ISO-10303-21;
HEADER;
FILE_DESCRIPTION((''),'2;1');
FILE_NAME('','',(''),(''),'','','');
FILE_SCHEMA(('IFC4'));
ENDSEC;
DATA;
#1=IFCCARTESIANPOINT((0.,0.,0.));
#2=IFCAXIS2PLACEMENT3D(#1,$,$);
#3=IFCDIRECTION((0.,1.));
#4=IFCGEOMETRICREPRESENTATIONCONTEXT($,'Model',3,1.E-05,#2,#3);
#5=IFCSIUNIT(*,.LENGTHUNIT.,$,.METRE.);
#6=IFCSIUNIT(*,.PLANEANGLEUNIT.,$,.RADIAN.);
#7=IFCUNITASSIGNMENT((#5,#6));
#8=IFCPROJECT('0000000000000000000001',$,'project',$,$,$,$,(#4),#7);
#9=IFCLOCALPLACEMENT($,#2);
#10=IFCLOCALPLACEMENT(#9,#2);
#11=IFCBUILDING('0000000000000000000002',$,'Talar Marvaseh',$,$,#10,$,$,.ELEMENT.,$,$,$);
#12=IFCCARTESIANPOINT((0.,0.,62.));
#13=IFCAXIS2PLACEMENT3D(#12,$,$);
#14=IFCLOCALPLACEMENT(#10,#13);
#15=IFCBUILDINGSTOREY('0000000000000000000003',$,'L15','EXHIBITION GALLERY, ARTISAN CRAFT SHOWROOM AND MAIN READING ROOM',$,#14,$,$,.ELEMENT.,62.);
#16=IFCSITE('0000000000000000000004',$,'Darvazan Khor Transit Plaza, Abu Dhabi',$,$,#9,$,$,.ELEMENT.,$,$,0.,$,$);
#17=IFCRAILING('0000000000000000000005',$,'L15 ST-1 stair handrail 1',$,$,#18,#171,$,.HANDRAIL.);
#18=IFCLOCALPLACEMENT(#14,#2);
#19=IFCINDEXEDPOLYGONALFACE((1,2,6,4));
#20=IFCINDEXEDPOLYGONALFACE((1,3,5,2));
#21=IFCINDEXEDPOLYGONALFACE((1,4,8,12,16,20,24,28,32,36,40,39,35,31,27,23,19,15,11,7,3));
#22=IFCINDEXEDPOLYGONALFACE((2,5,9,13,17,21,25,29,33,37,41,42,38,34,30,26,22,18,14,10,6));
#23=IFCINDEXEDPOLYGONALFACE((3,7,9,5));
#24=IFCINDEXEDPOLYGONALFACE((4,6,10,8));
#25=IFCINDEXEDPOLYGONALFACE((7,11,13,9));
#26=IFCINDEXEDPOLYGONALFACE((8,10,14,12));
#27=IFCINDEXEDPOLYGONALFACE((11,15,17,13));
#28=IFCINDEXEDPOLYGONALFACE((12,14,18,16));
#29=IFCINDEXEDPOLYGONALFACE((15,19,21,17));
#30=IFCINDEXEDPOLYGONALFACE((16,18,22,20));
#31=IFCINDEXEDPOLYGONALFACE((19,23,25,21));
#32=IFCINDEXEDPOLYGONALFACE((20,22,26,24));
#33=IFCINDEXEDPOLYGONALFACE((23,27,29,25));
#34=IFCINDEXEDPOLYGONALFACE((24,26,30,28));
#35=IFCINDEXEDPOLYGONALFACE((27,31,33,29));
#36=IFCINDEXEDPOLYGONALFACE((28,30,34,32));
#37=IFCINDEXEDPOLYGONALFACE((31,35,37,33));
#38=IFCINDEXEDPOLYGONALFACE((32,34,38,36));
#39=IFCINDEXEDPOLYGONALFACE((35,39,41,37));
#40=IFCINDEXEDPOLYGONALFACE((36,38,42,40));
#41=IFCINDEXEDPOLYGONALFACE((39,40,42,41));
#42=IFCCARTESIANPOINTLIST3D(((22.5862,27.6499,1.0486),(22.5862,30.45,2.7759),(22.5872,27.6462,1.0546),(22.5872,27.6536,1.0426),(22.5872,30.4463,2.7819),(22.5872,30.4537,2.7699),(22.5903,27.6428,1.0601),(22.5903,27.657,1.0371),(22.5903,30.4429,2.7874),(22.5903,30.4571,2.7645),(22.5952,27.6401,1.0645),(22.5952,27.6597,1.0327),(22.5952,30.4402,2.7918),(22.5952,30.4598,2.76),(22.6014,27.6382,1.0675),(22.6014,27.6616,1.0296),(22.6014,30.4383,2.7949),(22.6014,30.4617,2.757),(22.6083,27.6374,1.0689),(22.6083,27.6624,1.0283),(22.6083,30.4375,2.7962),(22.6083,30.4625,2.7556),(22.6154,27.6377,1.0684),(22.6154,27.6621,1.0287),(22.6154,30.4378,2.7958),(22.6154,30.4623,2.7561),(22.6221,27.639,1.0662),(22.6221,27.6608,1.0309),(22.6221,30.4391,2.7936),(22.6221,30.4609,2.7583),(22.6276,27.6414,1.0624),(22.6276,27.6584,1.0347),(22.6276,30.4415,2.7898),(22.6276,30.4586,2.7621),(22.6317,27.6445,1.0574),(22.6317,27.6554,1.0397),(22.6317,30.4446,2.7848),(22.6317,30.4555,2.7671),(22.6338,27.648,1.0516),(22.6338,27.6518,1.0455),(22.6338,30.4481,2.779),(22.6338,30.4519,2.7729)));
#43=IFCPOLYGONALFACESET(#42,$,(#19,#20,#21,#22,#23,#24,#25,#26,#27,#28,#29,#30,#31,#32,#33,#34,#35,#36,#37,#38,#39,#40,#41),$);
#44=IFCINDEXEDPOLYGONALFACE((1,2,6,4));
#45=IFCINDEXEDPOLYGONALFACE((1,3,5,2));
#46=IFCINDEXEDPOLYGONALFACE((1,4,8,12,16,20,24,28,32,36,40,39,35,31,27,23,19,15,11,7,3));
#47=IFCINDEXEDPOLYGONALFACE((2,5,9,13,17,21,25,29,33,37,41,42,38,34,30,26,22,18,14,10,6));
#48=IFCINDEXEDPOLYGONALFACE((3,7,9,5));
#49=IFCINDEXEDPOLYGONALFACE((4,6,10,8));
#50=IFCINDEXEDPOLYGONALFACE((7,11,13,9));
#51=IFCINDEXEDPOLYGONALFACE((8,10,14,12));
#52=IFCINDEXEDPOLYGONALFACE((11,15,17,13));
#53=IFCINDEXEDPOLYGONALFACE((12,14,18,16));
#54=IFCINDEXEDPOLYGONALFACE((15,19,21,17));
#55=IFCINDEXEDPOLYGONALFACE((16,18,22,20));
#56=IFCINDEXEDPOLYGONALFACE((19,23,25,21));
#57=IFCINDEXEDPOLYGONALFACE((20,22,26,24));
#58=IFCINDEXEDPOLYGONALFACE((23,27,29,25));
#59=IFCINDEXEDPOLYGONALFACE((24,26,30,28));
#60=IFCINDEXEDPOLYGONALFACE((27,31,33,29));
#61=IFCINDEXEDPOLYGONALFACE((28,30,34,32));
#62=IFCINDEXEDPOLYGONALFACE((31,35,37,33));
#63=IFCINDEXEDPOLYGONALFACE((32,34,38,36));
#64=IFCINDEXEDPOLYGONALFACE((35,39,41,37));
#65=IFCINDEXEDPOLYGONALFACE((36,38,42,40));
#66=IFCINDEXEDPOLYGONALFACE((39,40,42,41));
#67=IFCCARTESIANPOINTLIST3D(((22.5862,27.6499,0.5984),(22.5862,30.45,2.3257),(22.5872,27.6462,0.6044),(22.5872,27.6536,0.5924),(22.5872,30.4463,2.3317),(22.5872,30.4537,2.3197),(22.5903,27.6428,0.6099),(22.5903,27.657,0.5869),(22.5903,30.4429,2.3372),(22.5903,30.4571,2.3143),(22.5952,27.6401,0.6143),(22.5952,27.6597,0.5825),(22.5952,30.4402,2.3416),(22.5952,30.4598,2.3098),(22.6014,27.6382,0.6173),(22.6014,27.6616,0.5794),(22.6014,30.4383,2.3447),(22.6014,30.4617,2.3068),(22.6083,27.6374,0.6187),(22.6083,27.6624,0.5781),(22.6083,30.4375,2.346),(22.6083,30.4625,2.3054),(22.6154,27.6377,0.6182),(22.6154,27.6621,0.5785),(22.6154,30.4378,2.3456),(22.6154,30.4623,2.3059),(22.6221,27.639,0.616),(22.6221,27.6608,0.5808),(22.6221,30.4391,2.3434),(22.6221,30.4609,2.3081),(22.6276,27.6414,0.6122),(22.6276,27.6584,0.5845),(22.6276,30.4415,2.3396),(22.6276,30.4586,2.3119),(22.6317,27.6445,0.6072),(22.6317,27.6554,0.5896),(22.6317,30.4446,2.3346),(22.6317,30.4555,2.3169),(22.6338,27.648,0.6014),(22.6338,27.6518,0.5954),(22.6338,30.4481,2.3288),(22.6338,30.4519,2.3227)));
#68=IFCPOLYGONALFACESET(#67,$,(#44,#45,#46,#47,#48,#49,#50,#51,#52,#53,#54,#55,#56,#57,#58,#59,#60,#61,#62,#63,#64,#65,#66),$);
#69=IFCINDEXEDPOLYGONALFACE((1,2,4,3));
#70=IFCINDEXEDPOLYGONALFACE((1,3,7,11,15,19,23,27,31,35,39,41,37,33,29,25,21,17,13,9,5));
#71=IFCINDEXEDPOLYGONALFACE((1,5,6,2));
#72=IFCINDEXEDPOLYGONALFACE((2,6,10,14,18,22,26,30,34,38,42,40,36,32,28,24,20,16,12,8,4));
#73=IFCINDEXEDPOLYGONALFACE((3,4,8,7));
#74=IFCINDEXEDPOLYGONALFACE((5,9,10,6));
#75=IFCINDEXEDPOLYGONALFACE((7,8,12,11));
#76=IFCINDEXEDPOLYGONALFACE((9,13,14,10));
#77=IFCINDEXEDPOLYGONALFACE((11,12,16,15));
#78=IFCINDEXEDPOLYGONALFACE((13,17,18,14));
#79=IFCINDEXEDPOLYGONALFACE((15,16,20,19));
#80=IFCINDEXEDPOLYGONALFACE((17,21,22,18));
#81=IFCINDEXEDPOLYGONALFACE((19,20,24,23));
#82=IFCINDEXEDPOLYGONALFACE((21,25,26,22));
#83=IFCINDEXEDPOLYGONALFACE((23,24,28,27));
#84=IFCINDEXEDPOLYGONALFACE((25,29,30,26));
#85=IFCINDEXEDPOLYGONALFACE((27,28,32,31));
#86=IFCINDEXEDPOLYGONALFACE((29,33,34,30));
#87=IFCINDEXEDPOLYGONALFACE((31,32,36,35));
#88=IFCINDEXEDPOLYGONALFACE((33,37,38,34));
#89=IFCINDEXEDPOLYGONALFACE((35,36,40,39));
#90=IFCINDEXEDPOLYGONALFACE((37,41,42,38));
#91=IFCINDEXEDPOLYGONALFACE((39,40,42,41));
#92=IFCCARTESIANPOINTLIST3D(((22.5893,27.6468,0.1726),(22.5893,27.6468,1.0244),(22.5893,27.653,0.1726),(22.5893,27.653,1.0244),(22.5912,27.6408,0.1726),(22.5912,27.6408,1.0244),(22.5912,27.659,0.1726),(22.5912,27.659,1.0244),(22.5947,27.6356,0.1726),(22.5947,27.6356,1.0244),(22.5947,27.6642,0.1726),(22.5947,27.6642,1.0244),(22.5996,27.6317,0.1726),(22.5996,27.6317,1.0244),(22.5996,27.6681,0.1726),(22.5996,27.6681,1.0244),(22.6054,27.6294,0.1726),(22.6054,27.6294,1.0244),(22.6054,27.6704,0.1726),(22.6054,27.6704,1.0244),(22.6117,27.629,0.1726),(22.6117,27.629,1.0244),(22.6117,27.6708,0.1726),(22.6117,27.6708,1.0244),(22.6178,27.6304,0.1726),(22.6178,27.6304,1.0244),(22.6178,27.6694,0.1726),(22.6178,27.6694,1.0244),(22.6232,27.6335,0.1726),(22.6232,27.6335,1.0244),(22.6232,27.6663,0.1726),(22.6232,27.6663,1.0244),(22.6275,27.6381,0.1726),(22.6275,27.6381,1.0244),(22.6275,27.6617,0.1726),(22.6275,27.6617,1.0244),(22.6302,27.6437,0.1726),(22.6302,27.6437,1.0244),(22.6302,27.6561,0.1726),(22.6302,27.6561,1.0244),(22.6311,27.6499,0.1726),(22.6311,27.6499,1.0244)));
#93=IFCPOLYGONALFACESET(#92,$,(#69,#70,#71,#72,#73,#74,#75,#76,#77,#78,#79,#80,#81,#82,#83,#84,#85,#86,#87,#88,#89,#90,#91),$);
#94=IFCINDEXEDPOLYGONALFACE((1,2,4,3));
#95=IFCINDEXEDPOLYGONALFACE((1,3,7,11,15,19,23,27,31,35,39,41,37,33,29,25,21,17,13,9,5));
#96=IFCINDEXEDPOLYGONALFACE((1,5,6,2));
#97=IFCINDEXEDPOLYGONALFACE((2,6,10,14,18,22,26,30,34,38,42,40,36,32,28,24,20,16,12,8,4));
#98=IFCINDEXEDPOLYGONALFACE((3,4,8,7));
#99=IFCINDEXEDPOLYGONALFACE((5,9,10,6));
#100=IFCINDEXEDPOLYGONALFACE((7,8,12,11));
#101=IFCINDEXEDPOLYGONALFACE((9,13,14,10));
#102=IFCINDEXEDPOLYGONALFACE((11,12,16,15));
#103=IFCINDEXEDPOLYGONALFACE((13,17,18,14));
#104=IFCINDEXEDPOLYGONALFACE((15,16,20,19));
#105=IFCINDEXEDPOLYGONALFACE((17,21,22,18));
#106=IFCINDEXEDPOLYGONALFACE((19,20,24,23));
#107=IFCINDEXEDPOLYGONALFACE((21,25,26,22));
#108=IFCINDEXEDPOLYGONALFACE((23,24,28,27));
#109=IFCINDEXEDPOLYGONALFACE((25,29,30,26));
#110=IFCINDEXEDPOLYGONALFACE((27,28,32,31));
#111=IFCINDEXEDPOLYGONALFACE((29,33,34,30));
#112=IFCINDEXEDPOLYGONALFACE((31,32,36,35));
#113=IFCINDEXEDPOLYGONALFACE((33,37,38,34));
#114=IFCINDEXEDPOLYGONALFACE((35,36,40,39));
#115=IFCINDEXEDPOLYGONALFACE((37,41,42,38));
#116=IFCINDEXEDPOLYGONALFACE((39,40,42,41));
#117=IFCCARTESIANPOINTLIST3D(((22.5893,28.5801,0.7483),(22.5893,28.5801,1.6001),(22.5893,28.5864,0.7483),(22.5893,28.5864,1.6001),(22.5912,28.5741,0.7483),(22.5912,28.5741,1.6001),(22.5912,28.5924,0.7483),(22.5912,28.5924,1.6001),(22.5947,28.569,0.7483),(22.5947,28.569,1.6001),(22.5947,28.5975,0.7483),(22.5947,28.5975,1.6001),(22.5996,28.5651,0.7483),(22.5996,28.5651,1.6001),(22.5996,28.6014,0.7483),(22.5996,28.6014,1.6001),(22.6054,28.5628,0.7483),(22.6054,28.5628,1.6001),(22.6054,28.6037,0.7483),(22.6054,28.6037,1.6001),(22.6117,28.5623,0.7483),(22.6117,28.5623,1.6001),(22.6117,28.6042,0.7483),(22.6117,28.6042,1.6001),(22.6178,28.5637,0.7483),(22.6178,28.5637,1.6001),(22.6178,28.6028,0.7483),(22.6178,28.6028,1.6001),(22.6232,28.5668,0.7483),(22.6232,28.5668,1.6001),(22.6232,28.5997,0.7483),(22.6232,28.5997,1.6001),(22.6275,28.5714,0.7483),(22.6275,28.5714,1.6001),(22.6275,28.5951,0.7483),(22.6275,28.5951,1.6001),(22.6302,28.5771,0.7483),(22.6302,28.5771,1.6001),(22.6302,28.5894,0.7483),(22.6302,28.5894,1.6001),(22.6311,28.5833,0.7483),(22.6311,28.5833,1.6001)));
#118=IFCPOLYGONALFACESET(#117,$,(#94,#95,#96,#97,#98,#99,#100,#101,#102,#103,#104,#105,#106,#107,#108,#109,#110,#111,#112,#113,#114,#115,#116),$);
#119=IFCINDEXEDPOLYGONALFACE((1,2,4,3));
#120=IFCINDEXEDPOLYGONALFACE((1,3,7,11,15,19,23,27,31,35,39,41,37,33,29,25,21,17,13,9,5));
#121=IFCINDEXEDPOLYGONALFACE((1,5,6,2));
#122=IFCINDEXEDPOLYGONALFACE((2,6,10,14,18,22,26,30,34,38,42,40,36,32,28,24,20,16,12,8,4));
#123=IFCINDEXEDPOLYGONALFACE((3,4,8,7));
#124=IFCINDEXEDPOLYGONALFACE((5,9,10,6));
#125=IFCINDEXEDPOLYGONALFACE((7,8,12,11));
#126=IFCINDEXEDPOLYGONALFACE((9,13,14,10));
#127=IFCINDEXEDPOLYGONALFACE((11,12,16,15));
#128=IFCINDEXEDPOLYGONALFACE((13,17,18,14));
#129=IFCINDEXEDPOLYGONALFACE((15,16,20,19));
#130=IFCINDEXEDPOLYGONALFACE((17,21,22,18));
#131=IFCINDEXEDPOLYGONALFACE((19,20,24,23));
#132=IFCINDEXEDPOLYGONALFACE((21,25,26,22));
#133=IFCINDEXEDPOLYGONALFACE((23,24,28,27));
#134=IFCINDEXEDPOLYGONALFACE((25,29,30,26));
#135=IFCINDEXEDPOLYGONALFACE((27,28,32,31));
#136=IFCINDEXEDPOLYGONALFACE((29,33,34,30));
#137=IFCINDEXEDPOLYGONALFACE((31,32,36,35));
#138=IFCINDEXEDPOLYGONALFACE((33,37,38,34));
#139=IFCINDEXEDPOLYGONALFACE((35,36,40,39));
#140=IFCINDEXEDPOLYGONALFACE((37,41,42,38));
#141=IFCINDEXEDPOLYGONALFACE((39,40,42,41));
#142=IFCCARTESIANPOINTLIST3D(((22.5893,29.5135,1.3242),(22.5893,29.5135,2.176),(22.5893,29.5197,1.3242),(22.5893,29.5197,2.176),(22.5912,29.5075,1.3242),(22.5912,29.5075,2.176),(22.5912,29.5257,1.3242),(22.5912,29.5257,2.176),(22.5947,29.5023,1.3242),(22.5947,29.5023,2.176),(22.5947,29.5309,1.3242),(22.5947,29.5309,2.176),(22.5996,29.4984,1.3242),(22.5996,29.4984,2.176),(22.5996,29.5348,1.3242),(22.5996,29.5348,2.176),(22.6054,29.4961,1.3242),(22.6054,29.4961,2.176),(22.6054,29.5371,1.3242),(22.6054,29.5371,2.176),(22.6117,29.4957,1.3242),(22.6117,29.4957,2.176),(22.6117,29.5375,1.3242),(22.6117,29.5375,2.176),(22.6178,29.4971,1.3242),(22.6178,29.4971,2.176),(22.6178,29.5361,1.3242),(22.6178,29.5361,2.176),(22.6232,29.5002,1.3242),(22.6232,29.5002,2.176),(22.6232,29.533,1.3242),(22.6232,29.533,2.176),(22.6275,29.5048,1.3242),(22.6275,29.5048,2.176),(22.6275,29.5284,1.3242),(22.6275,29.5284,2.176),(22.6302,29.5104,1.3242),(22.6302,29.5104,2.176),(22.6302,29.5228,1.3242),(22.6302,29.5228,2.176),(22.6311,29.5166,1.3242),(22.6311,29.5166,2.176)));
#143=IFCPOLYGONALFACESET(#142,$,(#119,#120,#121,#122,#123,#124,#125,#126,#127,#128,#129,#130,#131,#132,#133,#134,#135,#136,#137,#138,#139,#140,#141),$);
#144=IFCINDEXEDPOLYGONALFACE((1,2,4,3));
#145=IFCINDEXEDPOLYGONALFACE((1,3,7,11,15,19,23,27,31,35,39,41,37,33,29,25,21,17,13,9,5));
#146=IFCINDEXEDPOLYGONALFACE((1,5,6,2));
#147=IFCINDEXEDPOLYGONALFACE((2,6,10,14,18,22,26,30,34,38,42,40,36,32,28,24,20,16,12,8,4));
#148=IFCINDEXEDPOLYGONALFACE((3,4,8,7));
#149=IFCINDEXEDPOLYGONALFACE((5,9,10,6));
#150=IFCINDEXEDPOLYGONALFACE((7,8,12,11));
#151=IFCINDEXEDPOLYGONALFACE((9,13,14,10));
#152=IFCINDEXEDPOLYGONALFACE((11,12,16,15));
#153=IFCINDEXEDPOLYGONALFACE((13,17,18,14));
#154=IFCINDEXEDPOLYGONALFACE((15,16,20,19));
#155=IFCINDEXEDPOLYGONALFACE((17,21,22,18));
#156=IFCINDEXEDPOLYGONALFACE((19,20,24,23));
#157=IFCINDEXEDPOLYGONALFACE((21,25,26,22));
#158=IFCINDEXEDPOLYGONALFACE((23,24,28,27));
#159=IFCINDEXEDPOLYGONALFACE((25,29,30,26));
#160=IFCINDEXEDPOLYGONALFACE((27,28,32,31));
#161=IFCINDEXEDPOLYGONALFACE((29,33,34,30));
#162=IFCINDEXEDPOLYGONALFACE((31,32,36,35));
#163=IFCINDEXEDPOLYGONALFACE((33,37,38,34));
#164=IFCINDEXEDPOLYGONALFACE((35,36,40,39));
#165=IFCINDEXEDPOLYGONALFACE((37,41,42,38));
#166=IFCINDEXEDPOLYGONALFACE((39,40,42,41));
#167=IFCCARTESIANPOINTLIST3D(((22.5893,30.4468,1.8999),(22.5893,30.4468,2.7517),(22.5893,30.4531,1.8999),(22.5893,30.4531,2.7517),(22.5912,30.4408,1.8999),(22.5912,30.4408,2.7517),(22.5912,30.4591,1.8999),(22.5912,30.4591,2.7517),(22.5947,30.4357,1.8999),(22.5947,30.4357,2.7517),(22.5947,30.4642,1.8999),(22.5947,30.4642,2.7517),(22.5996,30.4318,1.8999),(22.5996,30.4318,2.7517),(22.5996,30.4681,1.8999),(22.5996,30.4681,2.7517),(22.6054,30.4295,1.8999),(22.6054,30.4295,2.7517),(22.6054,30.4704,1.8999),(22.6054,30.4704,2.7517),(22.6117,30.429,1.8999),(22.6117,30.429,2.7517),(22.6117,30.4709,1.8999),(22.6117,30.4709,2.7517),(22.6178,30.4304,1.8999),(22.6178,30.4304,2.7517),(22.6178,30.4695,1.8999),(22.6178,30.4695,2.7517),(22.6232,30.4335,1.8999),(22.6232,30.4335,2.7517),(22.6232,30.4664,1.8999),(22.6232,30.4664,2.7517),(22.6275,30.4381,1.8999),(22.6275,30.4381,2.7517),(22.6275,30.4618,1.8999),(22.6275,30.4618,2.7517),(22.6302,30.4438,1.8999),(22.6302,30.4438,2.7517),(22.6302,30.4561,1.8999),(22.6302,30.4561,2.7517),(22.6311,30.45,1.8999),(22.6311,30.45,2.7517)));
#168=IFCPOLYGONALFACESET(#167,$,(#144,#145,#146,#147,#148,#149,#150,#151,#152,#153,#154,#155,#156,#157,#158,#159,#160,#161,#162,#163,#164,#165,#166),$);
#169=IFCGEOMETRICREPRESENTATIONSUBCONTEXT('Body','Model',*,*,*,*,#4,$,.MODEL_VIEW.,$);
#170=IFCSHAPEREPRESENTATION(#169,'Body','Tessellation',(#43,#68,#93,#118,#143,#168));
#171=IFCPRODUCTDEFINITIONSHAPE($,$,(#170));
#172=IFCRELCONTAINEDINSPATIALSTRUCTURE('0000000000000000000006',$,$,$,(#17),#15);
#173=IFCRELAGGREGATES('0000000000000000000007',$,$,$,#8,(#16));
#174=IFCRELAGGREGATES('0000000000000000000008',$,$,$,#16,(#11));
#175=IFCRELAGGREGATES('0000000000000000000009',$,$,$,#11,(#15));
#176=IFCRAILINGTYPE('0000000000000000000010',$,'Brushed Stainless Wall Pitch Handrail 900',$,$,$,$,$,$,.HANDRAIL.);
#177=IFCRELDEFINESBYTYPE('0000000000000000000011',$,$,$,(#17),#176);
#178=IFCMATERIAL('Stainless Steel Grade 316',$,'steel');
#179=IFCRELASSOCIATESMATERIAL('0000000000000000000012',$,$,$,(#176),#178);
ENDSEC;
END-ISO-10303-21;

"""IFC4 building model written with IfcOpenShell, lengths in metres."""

from ifc_helpers import new_model, si_unit, direction, frame, origin, origin_2d, place, context, subcontext, project, spatial, circle, extrude, material, type_object, element, save


model = new_model("IFC4")

# Units and contexts
model_context = context("Model", 3, precision=1e-05, world=origin(), true_north=direction((0.0, 1.0)))
body_context = subcontext(model_context, "Body", "Model", "MODEL_VIEW")
ifc_project = project(units=[si_unit("LENGTHUNIT", "METRE"), si_unit("PLANEANGLEUNIT", "RADIAN")], contexts=[model_context])

# Site, building, storey
site_placement = place(None, origin())
site = spatial("IfcSite", under=ifc_project, at=site_placement, Name="Darvazan Khor Transit Plaza, Abu Dhabi", CompositionType="ELEMENT", RefElevation=0.0)
building_placement = place(site_placement, origin())
building = spatial("IfcBuilding", under=site, at=building_placement, Name="Talar Marvaseh", CompositionType="ELEMENT")
storey_placement = place(building_placement, frame((0.0, 0.0, 62.0)))
storey = spatial("IfcBuildingStorey", under=building, at=storey_placement, Name="L15", Description="EXHIBITION GALLERY, ARTISAN CRAFT SHOWROOM AND MAIN READING ROOM", CompositionType="ELEMENT", Elevation=62.0)

# Railing
ifc_material_1 = material(Name="Stainless Steel Grade 316", Category="steel")
railing_type_1 = type_object("IfcRailingType", Name="Brushed Stainless Wall Pitch Handrail 900", PredefinedType="HANDRAIL", material=ifc_material_1)
railing_1_placement = place(storey_placement, frame((22.6101, 27.6499, 0.1726)))
element("IfcRailing", 1, at=railing_1_placement, inside=storey, type_object=railing_type_1, Name="L15 ST-1 stair handrail 1", PredefinedType="HANDRAIL", context=body_context, shape_type="SweptSolid", body=[
    extrude(circle(Radius=0.0239, at=origin_2d()), frame((0.0, 0.0, 0.876), z_axis=(0.0, 0.85109, 0.52502), x_axis=(-1.0, 0.0, 0.0)), (0.0, 0.0, 1.0), 3.29),
    extrude(circle(Radius=0.0239, at=origin_2d()), frame((0.0, 0.0, 0.4258), z_axis=(0.0, 0.85109, 0.52502), x_axis=(-1.0, 0.0, 0.0)), (0.0, 0.0, 1.0), 3.29),
    extrude(circle(Radius=0.021, at=origin_2d()), origin(), (0.0, 0.0, 1.0), 0.8518),
    extrude(circle(Radius=0.021, at=origin_2d()), frame((0.0, 0.9333, 0.5757)), (0.0, 0.0, 1.0), 0.8518),
    extrude(circle(Radius=0.021, at=origin_2d()), frame((0.0, 1.8667, 1.1516)), (0.0, 0.0, 1.0), 0.8518),
    extrude(circle(Radius=0.021, at=origin_2d()), frame((0.0, 2.8, 1.7273)), (0.0, 0.0, 1.0), 0.8518),
])

save(model, "model.ifc")
